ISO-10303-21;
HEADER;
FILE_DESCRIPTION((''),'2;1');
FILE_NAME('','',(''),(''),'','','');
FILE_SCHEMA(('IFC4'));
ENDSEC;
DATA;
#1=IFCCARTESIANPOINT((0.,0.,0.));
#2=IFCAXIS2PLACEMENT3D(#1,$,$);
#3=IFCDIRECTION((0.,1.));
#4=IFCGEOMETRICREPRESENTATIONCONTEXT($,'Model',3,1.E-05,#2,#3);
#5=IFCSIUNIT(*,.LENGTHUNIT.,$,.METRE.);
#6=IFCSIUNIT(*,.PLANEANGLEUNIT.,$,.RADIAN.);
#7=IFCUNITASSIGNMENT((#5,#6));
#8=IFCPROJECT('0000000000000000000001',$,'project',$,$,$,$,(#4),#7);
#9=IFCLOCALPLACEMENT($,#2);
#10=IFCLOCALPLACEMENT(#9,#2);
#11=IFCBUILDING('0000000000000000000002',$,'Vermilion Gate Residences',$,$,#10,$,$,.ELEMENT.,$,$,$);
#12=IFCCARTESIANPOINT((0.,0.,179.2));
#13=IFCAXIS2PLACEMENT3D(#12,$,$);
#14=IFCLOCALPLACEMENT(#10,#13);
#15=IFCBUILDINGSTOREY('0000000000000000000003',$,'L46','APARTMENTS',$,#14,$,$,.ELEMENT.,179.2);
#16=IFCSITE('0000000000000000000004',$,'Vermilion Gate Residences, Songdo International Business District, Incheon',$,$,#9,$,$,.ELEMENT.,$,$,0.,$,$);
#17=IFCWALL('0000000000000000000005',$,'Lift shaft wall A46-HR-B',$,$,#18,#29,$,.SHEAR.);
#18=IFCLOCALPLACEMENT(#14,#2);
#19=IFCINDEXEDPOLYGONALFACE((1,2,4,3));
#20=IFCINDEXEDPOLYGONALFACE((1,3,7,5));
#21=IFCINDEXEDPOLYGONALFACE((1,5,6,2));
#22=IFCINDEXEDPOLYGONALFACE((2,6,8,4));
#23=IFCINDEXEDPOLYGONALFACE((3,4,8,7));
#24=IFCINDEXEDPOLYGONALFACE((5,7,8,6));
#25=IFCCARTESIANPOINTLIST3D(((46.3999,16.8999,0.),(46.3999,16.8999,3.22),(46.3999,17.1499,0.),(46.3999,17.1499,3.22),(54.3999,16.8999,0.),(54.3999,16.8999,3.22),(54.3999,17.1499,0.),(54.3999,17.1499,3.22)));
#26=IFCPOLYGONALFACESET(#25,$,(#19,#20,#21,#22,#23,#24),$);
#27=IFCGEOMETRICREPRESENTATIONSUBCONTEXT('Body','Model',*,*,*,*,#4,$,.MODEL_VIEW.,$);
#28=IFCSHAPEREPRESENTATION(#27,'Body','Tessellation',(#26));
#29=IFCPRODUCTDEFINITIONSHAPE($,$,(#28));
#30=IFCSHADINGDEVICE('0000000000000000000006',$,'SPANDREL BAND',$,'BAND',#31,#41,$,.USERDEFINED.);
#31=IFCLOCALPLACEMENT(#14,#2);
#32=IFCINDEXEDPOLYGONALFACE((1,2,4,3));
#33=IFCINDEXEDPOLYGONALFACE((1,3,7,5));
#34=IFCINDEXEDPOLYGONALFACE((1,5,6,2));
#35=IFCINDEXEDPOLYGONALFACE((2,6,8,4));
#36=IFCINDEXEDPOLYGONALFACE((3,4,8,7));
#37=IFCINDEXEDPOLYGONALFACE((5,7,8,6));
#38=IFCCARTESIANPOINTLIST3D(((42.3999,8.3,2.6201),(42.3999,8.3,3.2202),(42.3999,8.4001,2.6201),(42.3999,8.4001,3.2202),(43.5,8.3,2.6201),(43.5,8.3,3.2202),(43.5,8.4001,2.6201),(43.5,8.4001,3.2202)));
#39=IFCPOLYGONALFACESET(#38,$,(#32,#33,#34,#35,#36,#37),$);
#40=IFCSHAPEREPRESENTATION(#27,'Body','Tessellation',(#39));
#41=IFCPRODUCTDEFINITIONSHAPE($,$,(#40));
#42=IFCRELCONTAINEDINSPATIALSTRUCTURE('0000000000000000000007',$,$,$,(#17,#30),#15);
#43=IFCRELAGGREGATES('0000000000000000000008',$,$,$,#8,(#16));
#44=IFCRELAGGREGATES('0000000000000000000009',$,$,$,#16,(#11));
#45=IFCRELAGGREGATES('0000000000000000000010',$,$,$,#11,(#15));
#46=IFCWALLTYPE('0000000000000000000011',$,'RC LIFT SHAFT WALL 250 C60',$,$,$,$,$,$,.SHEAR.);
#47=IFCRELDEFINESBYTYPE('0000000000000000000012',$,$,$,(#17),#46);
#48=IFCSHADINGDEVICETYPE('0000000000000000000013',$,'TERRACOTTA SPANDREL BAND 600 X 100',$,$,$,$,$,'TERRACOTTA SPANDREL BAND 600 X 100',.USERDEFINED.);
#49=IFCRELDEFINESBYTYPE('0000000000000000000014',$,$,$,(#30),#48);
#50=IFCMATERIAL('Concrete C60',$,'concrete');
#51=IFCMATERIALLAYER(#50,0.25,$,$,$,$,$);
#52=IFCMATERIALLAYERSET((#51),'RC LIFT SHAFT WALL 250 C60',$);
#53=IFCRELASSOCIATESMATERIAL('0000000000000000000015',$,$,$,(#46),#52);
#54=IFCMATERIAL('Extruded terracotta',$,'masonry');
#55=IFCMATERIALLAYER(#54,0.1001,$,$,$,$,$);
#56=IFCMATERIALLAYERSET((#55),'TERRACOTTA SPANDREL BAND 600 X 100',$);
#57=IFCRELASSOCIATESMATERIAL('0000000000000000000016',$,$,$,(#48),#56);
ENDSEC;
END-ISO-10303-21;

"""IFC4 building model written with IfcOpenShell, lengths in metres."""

from ifc_helpers import new_model, si_unit, direction, frame, frame_2d, origin, origin_2d, place, context, subcontext, project, spatial, rectangle, extrude, material, layer, layer_set, type_object, element, save


model = new_model("IFC4")

# Units and contexts
model_context = context("Model", 3, precision=1e-05, world=origin(), true_north=direction((0.0, 1.0)))
body_context = subcontext(model_context, "Body", "Model", "MODEL_VIEW")
ifc_project = project(units=[si_unit("LENGTHUNIT", "METRE"), si_unit("PLANEANGLEUNIT", "RADIAN")], contexts=[model_context])

# Site, building, storey
site_placement = place(None, origin())
site = spatial("IfcSite", under=ifc_project, at=site_placement, Name="Vermilion Gate Residences, Songdo International Business District, Incheon", CompositionType="ELEMENT", RefElevation=0.0)
building_placement = place(site_placement, origin())
building = spatial("IfcBuilding", under=site, at=building_placement, Name="Vermilion Gate Residences", CompositionType="ELEMENT")
storey_placement = place(building_placement, frame((0.0, 0.0, 179.2)))
storey = spatial("IfcBuildingStorey", under=building, at=storey_placement, Name="L46", Description="APARTMENTS", CompositionType="ELEMENT", Elevation=179.2)

# Shared definitions
ifc_material_1 = material(Name="Concrete C60", Category="concrete")
ifc_layer_1 = layer(ifc_material_1, 0.25)
ifc_layer_set_1 = layer_set([ifc_layer_1], Name="RC LIFT SHAFT WALL 250 C60")
wall_type_1 = type_object("IfcWallType", Name="RC LIFT SHAFT WALL 250 C60", PredefinedType="SHEAR", material=ifc_layer_set_1)

# Wall
wall_1_placement = place(storey_placement, frame((46.3999, 17.0249, 0.0), z_axis=(0.0, 0.0, 1.0), x_axis=(1.0, 0.0, 0.0)))
element("IfcWall", 1, at=wall_1_placement, inside=storey, type_object=wall_type_1, Name="Lift shaft wall A46-HR-B", PredefinedType="SHEAR", context=body_context, shape_type="SweptSolid", body=[
    extrude(rectangle(XDim=8.0, YDim=0.25, at=frame_2d((4.0, 0.0))), origin(), (0.0, 0.0, 1.0), 3.22),
])

# Shading device
ifc_material_2 = material(Name="Extruded terracotta", Category="masonry")
ifc_layer_2 = layer(ifc_material_2, 0.1001)
ifc_layer_set_2 = layer_set([ifc_layer_2], Name="TERRACOTTA SPANDREL BAND 600 X 100")
shading_device_type = type_object("IfcShadingDeviceType", Name="TERRACOTTA SPANDREL BAND 600 X 100", ElementType="TERRACOTTA SPANDREL BAND 600 X 100", PredefinedType="USERDEFINED", material=ifc_layer_set_2)
shading_device_placement = place(storey_placement, frame((42.95, 8.3501, 2.6201), z_axis=(0.0, 0.0, 1.0), x_axis=(1.0, 0.0, 0.0)))
element("IfcShadingDevice", 2, at=shading_device_placement, inside=storey, type_object=shading_device_type, Name="SPANDREL BAND", ObjectType="BAND", PredefinedType="USERDEFINED", context=body_context, shape_type="SweptSolid", body=[
    extrude(rectangle(XDim=1.1001, YDim=0.1001, at=origin_2d()), origin(), (0.0, 0.0, 1.0), 0.6001),
])

save(model, "model.ifc")
